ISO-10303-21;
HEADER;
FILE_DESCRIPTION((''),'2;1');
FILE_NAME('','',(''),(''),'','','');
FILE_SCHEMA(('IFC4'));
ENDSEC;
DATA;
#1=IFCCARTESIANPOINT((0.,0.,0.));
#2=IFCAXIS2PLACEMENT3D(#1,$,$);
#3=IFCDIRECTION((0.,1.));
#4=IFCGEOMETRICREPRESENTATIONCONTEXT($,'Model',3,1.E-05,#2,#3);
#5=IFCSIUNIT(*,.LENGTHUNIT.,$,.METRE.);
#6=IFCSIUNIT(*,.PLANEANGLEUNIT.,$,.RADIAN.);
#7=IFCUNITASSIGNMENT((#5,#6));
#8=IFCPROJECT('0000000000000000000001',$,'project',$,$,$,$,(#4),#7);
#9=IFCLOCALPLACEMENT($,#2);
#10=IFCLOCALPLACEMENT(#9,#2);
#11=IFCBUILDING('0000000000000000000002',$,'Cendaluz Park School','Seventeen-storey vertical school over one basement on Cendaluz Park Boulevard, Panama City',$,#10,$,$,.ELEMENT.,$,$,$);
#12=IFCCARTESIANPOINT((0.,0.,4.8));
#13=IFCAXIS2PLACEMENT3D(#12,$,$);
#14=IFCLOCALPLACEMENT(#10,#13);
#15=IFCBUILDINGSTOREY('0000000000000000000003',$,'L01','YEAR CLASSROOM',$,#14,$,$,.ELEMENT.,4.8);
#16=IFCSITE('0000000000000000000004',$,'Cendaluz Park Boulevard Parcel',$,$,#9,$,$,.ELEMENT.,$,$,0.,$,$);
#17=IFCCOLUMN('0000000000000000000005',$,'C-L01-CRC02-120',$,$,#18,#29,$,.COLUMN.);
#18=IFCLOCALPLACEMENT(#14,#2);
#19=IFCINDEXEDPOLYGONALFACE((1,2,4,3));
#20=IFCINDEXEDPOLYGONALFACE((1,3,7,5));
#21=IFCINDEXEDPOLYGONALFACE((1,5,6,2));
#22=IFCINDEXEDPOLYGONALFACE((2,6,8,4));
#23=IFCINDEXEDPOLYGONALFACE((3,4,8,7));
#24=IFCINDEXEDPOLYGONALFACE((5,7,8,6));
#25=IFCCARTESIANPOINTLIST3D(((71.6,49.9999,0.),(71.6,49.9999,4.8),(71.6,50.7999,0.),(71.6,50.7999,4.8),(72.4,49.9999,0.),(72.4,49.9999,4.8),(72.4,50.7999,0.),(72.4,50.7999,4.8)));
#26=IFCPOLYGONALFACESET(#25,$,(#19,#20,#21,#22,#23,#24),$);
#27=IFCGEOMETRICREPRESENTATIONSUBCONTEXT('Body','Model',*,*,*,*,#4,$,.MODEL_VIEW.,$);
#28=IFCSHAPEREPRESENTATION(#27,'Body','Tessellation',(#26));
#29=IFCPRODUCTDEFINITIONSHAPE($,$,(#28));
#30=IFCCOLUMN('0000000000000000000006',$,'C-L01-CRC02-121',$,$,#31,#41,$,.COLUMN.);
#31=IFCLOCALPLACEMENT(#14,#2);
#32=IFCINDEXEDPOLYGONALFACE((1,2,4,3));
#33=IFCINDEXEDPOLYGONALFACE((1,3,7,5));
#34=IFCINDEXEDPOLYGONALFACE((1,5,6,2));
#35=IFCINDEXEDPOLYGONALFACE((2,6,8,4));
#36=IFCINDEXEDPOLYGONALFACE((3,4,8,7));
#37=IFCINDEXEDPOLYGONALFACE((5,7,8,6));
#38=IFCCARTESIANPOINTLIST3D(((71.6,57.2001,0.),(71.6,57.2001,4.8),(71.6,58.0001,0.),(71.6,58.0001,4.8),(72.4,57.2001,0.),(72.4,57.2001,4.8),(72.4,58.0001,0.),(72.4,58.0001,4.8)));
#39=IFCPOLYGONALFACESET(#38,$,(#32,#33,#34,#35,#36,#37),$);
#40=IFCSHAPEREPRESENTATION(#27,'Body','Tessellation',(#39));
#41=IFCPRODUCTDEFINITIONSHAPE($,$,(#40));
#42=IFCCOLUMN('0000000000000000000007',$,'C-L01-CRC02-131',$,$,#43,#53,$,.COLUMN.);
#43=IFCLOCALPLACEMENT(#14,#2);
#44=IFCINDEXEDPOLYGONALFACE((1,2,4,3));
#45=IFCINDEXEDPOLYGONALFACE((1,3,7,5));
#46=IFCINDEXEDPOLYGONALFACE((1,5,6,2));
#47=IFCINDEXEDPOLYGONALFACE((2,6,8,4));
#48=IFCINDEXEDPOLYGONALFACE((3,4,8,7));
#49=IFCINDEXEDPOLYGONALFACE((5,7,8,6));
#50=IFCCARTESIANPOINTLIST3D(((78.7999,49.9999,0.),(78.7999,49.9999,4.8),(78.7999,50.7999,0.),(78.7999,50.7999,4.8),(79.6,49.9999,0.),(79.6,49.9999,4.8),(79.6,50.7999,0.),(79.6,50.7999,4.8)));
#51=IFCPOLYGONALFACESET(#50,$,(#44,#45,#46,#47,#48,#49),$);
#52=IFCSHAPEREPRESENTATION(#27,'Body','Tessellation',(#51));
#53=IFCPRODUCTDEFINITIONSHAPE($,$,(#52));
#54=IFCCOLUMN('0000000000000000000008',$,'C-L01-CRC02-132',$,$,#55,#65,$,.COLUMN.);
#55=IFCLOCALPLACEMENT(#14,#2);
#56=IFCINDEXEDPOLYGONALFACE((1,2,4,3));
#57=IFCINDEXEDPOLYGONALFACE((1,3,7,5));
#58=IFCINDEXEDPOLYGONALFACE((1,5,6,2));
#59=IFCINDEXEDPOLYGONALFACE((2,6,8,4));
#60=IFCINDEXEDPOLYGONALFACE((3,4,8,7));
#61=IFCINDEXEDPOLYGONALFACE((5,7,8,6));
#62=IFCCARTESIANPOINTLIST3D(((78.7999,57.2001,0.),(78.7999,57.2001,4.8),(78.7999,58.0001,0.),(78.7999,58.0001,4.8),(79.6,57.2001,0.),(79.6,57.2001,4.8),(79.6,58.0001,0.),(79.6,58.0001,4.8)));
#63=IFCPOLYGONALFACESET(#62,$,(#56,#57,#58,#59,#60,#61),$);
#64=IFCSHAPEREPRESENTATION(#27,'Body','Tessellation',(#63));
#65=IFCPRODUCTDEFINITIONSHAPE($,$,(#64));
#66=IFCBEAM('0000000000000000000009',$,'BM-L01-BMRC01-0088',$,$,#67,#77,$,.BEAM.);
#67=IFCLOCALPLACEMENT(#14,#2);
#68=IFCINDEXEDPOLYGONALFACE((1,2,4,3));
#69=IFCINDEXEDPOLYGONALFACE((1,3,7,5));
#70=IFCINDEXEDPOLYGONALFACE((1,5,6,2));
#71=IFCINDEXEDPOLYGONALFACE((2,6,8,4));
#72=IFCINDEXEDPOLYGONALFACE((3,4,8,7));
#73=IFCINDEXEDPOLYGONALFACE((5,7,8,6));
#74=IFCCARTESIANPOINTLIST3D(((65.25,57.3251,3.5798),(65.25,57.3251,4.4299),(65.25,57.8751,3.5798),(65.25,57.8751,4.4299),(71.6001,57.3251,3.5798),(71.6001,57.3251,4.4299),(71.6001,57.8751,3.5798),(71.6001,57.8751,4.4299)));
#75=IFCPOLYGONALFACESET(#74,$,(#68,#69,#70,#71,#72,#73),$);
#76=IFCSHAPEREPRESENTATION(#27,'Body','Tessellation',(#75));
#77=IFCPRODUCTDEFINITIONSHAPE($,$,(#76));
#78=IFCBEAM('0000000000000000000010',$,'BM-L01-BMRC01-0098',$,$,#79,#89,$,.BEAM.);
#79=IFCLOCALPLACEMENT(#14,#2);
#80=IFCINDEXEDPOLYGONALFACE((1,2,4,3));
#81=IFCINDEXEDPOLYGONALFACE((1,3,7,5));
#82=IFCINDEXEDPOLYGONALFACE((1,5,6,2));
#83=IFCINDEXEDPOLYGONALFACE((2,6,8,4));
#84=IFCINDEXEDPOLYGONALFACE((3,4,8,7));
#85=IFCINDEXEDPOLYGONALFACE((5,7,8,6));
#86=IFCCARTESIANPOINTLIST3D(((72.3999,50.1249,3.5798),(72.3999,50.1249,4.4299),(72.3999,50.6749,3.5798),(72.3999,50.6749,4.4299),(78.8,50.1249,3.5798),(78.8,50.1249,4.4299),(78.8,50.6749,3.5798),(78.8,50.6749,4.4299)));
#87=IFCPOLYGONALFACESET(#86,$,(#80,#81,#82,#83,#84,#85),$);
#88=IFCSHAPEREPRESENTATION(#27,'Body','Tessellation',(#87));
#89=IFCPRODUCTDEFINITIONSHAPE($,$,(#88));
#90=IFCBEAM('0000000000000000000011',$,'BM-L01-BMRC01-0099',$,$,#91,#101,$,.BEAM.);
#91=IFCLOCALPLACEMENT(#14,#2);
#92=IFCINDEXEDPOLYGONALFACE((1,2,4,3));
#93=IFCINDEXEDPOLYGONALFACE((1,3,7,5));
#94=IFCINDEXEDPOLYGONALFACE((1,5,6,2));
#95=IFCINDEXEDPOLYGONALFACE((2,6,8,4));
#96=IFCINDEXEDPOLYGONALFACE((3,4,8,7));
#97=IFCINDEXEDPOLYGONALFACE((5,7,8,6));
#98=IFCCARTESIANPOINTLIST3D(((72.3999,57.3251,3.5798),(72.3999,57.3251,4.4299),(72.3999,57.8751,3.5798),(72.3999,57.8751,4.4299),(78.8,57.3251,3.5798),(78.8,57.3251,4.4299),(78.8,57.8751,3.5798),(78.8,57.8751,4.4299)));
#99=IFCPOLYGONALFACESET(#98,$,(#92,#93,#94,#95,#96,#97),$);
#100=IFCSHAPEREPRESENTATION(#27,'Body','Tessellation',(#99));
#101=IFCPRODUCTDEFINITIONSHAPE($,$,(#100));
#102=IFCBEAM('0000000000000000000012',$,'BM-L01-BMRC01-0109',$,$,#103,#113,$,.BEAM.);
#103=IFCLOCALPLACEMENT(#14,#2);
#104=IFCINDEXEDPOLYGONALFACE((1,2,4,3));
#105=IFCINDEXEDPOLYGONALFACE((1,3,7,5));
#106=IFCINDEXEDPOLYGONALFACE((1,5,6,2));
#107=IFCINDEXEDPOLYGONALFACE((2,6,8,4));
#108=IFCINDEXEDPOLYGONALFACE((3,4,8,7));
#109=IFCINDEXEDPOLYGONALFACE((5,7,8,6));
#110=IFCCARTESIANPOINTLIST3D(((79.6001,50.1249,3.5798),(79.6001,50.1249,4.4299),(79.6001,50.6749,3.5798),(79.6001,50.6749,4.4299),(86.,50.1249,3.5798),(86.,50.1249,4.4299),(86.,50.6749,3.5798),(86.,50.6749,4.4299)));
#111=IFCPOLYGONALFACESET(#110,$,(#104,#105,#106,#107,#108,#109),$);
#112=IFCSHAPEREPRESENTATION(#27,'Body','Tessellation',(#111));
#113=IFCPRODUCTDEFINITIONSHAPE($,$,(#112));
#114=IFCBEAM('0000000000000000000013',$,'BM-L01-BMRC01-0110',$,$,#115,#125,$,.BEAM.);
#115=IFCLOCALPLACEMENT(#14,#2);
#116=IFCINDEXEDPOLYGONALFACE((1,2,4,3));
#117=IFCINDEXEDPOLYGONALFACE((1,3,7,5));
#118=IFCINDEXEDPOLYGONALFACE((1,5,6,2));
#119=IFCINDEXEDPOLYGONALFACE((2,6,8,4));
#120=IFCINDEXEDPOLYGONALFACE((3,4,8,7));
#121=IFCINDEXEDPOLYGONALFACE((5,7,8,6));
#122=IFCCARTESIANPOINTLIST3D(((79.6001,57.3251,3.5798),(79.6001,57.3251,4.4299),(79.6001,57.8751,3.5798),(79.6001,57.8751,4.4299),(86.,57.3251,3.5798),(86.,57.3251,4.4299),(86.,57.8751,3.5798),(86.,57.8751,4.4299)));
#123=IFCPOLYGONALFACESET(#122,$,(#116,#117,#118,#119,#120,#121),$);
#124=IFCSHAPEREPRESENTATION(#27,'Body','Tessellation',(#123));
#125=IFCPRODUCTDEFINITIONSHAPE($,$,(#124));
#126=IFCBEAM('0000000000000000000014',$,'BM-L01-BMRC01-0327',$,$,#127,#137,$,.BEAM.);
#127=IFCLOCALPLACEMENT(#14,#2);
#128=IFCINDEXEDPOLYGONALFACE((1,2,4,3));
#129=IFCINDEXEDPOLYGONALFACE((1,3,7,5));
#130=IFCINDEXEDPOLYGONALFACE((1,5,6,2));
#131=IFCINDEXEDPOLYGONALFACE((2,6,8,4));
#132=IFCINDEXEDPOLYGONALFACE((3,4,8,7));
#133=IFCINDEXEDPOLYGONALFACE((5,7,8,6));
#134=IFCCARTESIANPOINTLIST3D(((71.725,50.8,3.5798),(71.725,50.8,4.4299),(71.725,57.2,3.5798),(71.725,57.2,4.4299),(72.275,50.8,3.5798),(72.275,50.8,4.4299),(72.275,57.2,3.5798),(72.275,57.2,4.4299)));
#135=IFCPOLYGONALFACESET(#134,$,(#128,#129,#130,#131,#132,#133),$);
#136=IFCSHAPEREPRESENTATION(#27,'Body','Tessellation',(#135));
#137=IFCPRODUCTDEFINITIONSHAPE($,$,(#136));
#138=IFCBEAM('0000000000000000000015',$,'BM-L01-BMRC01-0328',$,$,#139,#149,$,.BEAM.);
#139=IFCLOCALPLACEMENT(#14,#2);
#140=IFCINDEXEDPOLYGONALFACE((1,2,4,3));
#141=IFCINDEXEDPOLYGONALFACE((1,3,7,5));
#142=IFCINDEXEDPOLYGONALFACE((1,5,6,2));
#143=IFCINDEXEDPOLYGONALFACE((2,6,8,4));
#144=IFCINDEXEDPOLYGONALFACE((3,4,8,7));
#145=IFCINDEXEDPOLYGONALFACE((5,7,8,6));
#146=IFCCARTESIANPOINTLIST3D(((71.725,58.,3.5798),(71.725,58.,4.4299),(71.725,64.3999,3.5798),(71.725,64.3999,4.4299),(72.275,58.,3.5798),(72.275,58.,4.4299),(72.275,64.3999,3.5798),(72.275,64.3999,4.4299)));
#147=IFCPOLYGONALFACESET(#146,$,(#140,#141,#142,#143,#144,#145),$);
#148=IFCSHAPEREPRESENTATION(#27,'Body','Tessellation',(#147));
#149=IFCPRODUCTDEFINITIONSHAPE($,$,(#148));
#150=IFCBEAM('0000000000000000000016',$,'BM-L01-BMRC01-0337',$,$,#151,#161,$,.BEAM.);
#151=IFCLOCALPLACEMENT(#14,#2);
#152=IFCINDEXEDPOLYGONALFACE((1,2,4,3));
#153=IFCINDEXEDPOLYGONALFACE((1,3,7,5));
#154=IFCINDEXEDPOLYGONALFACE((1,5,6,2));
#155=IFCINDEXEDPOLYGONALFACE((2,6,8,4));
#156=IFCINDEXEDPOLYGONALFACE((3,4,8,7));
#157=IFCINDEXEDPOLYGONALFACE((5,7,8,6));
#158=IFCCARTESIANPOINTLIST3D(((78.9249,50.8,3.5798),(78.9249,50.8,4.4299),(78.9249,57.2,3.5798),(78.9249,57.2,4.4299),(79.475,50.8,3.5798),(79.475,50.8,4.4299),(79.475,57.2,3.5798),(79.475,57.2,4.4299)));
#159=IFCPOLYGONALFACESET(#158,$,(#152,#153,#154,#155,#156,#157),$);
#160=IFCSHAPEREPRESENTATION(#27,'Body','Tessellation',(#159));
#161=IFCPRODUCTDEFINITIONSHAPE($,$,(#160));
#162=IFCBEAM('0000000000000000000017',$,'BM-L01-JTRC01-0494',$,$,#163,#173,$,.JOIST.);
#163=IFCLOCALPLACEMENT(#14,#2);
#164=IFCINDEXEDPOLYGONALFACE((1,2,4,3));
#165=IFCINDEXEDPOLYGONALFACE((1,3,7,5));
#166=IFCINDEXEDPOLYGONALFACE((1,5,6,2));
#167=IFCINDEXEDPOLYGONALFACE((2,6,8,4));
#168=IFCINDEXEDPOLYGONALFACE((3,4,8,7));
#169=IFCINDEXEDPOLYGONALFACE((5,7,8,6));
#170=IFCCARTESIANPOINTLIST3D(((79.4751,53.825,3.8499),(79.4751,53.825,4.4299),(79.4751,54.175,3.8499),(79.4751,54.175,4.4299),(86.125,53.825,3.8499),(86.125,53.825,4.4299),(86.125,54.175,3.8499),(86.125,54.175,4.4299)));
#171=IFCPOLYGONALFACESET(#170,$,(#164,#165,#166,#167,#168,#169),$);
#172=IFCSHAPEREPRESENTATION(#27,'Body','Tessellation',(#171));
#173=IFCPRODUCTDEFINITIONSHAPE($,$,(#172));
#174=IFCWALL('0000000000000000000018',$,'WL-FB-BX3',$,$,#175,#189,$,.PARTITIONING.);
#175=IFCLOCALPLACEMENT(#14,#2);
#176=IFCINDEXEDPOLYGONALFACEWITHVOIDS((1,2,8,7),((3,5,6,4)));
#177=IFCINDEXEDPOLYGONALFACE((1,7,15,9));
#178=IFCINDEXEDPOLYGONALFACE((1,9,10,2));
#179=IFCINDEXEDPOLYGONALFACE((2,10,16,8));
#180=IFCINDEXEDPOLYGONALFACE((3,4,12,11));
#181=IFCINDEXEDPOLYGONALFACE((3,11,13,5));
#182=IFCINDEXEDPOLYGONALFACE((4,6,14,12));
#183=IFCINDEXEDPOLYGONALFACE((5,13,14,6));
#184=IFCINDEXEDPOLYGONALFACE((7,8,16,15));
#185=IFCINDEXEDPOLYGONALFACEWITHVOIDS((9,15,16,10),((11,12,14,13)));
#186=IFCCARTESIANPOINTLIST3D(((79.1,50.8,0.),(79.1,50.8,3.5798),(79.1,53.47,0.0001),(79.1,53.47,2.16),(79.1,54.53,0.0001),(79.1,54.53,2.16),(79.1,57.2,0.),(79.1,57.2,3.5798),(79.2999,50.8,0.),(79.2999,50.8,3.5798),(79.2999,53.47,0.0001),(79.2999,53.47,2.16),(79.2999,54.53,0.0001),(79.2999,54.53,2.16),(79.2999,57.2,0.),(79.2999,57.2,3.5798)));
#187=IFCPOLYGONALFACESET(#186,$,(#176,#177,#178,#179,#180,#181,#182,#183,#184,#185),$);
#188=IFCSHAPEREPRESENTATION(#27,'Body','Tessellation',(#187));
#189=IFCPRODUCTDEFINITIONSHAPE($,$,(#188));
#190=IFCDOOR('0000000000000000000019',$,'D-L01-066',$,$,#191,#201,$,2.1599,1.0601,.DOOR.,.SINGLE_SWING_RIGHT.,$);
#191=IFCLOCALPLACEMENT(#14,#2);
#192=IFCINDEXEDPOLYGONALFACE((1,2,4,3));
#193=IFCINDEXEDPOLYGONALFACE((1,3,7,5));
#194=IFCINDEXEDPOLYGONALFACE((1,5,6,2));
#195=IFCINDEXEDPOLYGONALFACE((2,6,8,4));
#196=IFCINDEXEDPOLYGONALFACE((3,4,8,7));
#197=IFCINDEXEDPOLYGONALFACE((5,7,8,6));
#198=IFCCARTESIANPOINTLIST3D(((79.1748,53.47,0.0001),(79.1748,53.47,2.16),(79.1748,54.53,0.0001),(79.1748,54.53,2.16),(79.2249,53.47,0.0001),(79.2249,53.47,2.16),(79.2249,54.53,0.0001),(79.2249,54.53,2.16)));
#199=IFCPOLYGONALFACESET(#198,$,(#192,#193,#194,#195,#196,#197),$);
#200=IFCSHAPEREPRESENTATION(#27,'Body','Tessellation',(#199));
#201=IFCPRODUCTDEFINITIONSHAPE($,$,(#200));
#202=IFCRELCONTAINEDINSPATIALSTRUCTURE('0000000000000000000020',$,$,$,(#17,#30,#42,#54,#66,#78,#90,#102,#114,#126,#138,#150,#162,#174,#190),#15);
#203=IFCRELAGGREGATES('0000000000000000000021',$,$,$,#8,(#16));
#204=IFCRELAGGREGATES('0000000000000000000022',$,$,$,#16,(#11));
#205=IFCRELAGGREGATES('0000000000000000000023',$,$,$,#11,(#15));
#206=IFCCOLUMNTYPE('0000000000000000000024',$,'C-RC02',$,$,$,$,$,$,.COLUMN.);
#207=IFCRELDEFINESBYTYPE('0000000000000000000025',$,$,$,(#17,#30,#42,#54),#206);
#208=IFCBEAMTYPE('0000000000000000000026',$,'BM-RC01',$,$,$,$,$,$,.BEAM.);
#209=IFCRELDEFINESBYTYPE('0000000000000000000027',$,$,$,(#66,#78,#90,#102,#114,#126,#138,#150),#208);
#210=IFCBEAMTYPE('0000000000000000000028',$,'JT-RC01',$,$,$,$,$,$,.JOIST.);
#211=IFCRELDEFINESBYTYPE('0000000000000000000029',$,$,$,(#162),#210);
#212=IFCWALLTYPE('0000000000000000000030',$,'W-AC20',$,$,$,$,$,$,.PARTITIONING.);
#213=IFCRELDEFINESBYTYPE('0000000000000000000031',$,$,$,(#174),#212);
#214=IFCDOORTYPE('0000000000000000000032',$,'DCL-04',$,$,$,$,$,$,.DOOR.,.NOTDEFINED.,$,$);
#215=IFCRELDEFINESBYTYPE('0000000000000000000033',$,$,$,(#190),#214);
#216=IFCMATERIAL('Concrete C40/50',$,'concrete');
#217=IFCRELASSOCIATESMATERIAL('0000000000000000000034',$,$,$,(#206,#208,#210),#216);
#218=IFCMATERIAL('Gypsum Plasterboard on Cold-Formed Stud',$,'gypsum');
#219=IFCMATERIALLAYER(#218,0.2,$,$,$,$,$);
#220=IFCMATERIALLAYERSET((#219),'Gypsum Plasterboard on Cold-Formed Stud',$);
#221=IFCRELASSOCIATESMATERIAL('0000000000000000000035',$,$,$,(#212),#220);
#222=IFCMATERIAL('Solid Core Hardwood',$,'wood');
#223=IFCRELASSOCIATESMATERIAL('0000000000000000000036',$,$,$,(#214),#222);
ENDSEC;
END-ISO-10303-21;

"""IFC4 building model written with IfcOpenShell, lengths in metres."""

from ifc_helpers import new_model, si_unit, direction, frame, frame_2d, origin, origin_2d, place, context, subcontext, project, spatial, rectangle, extrude, material, layer, layer_set, material_profile, profile_set, type_object, element, fill, save


model = new_model("IFC4")

# Units and contexts
model_context = context("Model", 3, precision=1e-05, world=origin(), true_north=direction((0.0, 1.0)))
body_context = subcontext(model_context, "Body", "Model", "MODEL_VIEW")
ifc_project = project(units=[si_unit("LENGTHUNIT", "METRE"), si_unit("PLANEANGLEUNIT", "RADIAN")], contexts=[model_context])

# Site, building, storey
site_placement = place(None, origin())
site = spatial("IfcSite", under=ifc_project, at=site_placement, Name="Cendaluz Park Boulevard Parcel", CompositionType="ELEMENT", RefElevation=0.0)
building_placement = place(site_placement, origin())
building = spatial("IfcBuilding", under=site, at=building_placement, Name="Cendaluz Park School", Description="Seventeen-storey vertical school over one basement on Cendaluz Park Boulevard, Panama City", CompositionType="ELEMENT")
storey_placement = place(building_placement, frame((0.0, 0.0, 4.8)))
storey = spatial("IfcBuildingStorey", under=building, at=storey_placement, Name="L01", Description="YEAR CLASSROOM", CompositionType="ELEMENT", Elevation=4.8)

# Columns
ifc_material_1 = material(Name="Concrete C40/50", Category="concrete")
ifc_material_profile_1 = material_profile(ifc_material_1, rectangle(XDim=0.8, YDim=0.8, at=origin_2d()), Name="RC 800x800", Category="concrete")
ifc_profile_set_1 = profile_set([ifc_material_profile_1], Name="Concrete C40/50")
column_type = type_object("IfcColumnType", Name="C-RC02", PredefinedType="COLUMN", material=ifc_profile_set_1)
for number, where, z_axis, x_axis, name in (
    (1, (72.0, 50.3999, 0.0), (0.0, 0.0, 1.0), (1.0, 0.0, 0.0), "C-L01-CRC02-120"),
    (2, (72.0, 57.6001, 0.0), (0.0, 0.0, 1.0), (1.0, 0.0, 0.0), "C-L01-CRC02-121"),
    (3, (79.2, 50.3999, 0.0), (0.0, 0.0, 1.0), (1.0, 0.0, 0.0), "C-L01-CRC02-131"),
    (4, (79.2, 57.6001, 0.0), (0.0, 0.0, 1.0), (1.0, 0.0, 0.0), "C-L01-CRC02-132"),
):
    element("IfcColumn", number, at=place(storey_placement, frame(where, z_axis=z_axis, x_axis=x_axis)), inside=storey, type_object=column_type, Name=name, PredefinedType="COLUMN", context=body_context, shape_type="SweptSolid", body=[
        extrude(rectangle(XDim=0.8, YDim=0.8, at=origin_2d()), origin(), (0.0, 0.0, 1.0), 4.8),
    ])

# Beams
ifc_material_profile_2 = material_profile(ifc_material_1, rectangle(XDim=0.55, YDim=0.8501, at=origin_2d()), Name="RC 550x850", Category="concrete")
ifc_profile_set_2 = profile_set([ifc_material_profile_2], Name="Concrete C40/50")
beam_type_1 = type_object("IfcBeamType", Name="BM-RC01", PredefinedType="BEAM", material=ifc_profile_set_2)
beam_1_placement = place(storey_placement, frame((65.25, 57.6001, 4.0049), z_axis=(1.0, 0.0, 0.0), x_axis=(0.0, 1.0, 0.0)))
element("IfcBeam", 5, at=beam_1_placement, inside=storey, type_object=beam_type_1, Name="BM-L01-BMRC01-0088", PredefinedType="BEAM", context=body_context, shape_type="SweptSolid", body=[
    extrude(rectangle(XDim=0.55, YDim=0.8501, at=origin_2d()), origin(), (0.0, 0.0, 1.0), 6.3501),
])
for number, where, z_axis, x_axis, name in (
    (6, (72.3999, 50.3999, 4.0049), (1.0, 0.0, 0.0), (0.0, 1.0, 0.0), "BM-L01-BMRC01-0098"),
    (7, (72.3999, 57.6001, 4.0049), (1.0, 0.0, 0.0), (0.0, 1.0, 0.0), "BM-L01-BMRC01-0099"),
):
    element("IfcBeam", number, at=place(storey_placement, frame(where, z_axis=z_axis, x_axis=x_axis)), inside=storey, type_object=beam_type_1, Name=name, PredefinedType="BEAM", context=body_context, shape_type="SweptSolid", body=[
        extrude(rectangle(XDim=0.55, YDim=0.8501, at=origin_2d()), origin(), (0.0, 0.0, 1.0), 6.4001),
    ])
for number, where, z_axis, x_axis, name in (
    (8, (79.6001, 50.3999, 4.0049), (1.0, 0.0, 0.0), (0.0, 1.0, 0.0), "BM-L01-BMRC01-0109"),
    (9, (79.6001, 57.6001, 4.0049), (1.0, 0.0, 0.0), (0.0, 1.0, 0.0), "BM-L01-BMRC01-0110"),
    (10, (72.0, 50.8, 4.0049), (0.0, 1.0, 0.0), (-1.0, 0.0, 0.0), "BM-L01-BMRC01-0327"),
    (11, (72.0, 58.0, 4.0049), (0.0, 1.0, 0.0), (-1.0, 0.0, 0.0), "BM-L01-BMRC01-0328"),
    (12, (79.2, 50.8, 4.0049), (0.0, 1.0, 0.0), (-1.0, 0.0, 0.0), "BM-L01-BMRC01-0337"),
):
    element("IfcBeam", number, at=place(storey_placement, frame(where, z_axis=z_axis, x_axis=x_axis)), inside=storey, type_object=beam_type_1, Name=name, PredefinedType="BEAM", context=body_context, shape_type="SweptSolid", body=[
        extrude(rectangle(XDim=0.55, YDim=0.8501, at=origin_2d()), origin(), (0.0, 0.0, 1.0), 6.3999),
    ])
ifc_material_profile_3 = material_profile(ifc_material_1, rectangle(XDim=0.3501, YDim=0.5801, at=origin_2d()), Name="RC 350x580", Category="concrete")
ifc_profile_set_3 = profile_set([ifc_material_profile_3], Name="Concrete C40/50")
beam_type_2 = type_object("IfcBeamType", Name="JT-RC01", PredefinedType="JOIST", material=ifc_profile_set_3)
beam_2_placement = place(storey_placement, frame((79.4751, 54.0, 4.1399), z_axis=(1.0, 0.0, 0.0), x_axis=(0.0, 1.0, 0.0)))
element("IfcBeam", 13, at=beam_2_placement, inside=storey, type_object=beam_type_2, Name="BM-L01-JTRC01-0494", PredefinedType="JOIST", context=body_context, shape_type="SweptSolid", body=[
    extrude(rectangle(XDim=0.3501, YDim=0.5801, at=origin_2d()), origin(), (0.0, 0.0, 1.0), 6.6499),
])

# Wall, opening, door
ifc_material_2 = material(Name="Gypsum Plasterboard on Cold-Formed Stud", Category="gypsum")
ifc_layer_1 = layer(ifc_material_2, 0.2)
ifc_layer_set_1 = layer_set([ifc_layer_1], Name="Gypsum Plasterboard on Cold-Formed Stud")
wall_type_1 = type_object("IfcWallType", Name="W-AC20", PredefinedType="PARTITIONING", material=ifc_layer_set_1)
wall_1_placement = place(storey_placement, frame((79.2, 50.8, 0.0), z_axis=(0.0, 0.0, 1.0), x_axis=(0.0, 1.0, 0.0)))
wall_1 = element("IfcWall", 14, at=wall_1_placement, inside=storey, type_object=wall_type_1, Name="WL-FB-BX3", PredefinedType="PARTITIONING", context=body_context, shape_type="SweptSolid", body=[
    extrude(rectangle(XDim=6.3999, YDim=0.2, at=frame_2d((3.2, 0.0))), origin(), (0.0, 0.0, 1.0), 3.5798),
])
opening_1_placement = place(wall_1_placement, frame((2.6699, 0.0, 0.0)))
opening_1 = element("IfcOpeningElement", 15, at=opening_1_placement, cuts=wall_1, PredefinedType="OPENING", context=body_context, shape_type="SweptSolid", body=[
    extrude(rectangle(XDim=1.0601, YDim=2.1599, at=frame_2d((0.53, 1.0801))), frame((0.0, 0.1121, 0.0), z_axis=(0.0, -1.0, 0.0), x_axis=(1.0, 0.0, 0.0)), (0.0, 0.0, 1.0), 0.2239),
])
ifc_material_3 = material(Name="Solid Core Hardwood", Category="wood")
door_type_1 = type_object("IfcDoorType", Name="DCL-04", OperationType="NOTDEFINED", PredefinedType="DOOR", material=ifc_material_3)
door_1_placement = place(opening_1_placement, frame((1.0601, 0.0, 0.0), z_axis=(0.0, 0.0, 1.0), x_axis=(-1.0, 0.0, 0.0)))
door_1 = element("IfcDoor", 16, at=door_1_placement, inside=storey, type_object=door_type_1, Name="D-L01-066", OperationType="SINGLE_SWING_RIGHT", OverallHeight=2.1599, OverallWidth=1.0601, PredefinedType="DOOR", context=body_context, shape_type="SweptSolid", body=[
    extrude(rectangle(XDim=1.0601, YDim=2.1599, at=frame_2d((0.53, 1.0801))), frame((0.0, 0.0249, 0.0), z_axis=(0.0, -1.0, 0.0), x_axis=(1.0, 0.0, 0.0)), (0.0, 0.0, 1.0), 0.05),
])
fill(opening_1, door_1)

save(model, "model.ifc")
